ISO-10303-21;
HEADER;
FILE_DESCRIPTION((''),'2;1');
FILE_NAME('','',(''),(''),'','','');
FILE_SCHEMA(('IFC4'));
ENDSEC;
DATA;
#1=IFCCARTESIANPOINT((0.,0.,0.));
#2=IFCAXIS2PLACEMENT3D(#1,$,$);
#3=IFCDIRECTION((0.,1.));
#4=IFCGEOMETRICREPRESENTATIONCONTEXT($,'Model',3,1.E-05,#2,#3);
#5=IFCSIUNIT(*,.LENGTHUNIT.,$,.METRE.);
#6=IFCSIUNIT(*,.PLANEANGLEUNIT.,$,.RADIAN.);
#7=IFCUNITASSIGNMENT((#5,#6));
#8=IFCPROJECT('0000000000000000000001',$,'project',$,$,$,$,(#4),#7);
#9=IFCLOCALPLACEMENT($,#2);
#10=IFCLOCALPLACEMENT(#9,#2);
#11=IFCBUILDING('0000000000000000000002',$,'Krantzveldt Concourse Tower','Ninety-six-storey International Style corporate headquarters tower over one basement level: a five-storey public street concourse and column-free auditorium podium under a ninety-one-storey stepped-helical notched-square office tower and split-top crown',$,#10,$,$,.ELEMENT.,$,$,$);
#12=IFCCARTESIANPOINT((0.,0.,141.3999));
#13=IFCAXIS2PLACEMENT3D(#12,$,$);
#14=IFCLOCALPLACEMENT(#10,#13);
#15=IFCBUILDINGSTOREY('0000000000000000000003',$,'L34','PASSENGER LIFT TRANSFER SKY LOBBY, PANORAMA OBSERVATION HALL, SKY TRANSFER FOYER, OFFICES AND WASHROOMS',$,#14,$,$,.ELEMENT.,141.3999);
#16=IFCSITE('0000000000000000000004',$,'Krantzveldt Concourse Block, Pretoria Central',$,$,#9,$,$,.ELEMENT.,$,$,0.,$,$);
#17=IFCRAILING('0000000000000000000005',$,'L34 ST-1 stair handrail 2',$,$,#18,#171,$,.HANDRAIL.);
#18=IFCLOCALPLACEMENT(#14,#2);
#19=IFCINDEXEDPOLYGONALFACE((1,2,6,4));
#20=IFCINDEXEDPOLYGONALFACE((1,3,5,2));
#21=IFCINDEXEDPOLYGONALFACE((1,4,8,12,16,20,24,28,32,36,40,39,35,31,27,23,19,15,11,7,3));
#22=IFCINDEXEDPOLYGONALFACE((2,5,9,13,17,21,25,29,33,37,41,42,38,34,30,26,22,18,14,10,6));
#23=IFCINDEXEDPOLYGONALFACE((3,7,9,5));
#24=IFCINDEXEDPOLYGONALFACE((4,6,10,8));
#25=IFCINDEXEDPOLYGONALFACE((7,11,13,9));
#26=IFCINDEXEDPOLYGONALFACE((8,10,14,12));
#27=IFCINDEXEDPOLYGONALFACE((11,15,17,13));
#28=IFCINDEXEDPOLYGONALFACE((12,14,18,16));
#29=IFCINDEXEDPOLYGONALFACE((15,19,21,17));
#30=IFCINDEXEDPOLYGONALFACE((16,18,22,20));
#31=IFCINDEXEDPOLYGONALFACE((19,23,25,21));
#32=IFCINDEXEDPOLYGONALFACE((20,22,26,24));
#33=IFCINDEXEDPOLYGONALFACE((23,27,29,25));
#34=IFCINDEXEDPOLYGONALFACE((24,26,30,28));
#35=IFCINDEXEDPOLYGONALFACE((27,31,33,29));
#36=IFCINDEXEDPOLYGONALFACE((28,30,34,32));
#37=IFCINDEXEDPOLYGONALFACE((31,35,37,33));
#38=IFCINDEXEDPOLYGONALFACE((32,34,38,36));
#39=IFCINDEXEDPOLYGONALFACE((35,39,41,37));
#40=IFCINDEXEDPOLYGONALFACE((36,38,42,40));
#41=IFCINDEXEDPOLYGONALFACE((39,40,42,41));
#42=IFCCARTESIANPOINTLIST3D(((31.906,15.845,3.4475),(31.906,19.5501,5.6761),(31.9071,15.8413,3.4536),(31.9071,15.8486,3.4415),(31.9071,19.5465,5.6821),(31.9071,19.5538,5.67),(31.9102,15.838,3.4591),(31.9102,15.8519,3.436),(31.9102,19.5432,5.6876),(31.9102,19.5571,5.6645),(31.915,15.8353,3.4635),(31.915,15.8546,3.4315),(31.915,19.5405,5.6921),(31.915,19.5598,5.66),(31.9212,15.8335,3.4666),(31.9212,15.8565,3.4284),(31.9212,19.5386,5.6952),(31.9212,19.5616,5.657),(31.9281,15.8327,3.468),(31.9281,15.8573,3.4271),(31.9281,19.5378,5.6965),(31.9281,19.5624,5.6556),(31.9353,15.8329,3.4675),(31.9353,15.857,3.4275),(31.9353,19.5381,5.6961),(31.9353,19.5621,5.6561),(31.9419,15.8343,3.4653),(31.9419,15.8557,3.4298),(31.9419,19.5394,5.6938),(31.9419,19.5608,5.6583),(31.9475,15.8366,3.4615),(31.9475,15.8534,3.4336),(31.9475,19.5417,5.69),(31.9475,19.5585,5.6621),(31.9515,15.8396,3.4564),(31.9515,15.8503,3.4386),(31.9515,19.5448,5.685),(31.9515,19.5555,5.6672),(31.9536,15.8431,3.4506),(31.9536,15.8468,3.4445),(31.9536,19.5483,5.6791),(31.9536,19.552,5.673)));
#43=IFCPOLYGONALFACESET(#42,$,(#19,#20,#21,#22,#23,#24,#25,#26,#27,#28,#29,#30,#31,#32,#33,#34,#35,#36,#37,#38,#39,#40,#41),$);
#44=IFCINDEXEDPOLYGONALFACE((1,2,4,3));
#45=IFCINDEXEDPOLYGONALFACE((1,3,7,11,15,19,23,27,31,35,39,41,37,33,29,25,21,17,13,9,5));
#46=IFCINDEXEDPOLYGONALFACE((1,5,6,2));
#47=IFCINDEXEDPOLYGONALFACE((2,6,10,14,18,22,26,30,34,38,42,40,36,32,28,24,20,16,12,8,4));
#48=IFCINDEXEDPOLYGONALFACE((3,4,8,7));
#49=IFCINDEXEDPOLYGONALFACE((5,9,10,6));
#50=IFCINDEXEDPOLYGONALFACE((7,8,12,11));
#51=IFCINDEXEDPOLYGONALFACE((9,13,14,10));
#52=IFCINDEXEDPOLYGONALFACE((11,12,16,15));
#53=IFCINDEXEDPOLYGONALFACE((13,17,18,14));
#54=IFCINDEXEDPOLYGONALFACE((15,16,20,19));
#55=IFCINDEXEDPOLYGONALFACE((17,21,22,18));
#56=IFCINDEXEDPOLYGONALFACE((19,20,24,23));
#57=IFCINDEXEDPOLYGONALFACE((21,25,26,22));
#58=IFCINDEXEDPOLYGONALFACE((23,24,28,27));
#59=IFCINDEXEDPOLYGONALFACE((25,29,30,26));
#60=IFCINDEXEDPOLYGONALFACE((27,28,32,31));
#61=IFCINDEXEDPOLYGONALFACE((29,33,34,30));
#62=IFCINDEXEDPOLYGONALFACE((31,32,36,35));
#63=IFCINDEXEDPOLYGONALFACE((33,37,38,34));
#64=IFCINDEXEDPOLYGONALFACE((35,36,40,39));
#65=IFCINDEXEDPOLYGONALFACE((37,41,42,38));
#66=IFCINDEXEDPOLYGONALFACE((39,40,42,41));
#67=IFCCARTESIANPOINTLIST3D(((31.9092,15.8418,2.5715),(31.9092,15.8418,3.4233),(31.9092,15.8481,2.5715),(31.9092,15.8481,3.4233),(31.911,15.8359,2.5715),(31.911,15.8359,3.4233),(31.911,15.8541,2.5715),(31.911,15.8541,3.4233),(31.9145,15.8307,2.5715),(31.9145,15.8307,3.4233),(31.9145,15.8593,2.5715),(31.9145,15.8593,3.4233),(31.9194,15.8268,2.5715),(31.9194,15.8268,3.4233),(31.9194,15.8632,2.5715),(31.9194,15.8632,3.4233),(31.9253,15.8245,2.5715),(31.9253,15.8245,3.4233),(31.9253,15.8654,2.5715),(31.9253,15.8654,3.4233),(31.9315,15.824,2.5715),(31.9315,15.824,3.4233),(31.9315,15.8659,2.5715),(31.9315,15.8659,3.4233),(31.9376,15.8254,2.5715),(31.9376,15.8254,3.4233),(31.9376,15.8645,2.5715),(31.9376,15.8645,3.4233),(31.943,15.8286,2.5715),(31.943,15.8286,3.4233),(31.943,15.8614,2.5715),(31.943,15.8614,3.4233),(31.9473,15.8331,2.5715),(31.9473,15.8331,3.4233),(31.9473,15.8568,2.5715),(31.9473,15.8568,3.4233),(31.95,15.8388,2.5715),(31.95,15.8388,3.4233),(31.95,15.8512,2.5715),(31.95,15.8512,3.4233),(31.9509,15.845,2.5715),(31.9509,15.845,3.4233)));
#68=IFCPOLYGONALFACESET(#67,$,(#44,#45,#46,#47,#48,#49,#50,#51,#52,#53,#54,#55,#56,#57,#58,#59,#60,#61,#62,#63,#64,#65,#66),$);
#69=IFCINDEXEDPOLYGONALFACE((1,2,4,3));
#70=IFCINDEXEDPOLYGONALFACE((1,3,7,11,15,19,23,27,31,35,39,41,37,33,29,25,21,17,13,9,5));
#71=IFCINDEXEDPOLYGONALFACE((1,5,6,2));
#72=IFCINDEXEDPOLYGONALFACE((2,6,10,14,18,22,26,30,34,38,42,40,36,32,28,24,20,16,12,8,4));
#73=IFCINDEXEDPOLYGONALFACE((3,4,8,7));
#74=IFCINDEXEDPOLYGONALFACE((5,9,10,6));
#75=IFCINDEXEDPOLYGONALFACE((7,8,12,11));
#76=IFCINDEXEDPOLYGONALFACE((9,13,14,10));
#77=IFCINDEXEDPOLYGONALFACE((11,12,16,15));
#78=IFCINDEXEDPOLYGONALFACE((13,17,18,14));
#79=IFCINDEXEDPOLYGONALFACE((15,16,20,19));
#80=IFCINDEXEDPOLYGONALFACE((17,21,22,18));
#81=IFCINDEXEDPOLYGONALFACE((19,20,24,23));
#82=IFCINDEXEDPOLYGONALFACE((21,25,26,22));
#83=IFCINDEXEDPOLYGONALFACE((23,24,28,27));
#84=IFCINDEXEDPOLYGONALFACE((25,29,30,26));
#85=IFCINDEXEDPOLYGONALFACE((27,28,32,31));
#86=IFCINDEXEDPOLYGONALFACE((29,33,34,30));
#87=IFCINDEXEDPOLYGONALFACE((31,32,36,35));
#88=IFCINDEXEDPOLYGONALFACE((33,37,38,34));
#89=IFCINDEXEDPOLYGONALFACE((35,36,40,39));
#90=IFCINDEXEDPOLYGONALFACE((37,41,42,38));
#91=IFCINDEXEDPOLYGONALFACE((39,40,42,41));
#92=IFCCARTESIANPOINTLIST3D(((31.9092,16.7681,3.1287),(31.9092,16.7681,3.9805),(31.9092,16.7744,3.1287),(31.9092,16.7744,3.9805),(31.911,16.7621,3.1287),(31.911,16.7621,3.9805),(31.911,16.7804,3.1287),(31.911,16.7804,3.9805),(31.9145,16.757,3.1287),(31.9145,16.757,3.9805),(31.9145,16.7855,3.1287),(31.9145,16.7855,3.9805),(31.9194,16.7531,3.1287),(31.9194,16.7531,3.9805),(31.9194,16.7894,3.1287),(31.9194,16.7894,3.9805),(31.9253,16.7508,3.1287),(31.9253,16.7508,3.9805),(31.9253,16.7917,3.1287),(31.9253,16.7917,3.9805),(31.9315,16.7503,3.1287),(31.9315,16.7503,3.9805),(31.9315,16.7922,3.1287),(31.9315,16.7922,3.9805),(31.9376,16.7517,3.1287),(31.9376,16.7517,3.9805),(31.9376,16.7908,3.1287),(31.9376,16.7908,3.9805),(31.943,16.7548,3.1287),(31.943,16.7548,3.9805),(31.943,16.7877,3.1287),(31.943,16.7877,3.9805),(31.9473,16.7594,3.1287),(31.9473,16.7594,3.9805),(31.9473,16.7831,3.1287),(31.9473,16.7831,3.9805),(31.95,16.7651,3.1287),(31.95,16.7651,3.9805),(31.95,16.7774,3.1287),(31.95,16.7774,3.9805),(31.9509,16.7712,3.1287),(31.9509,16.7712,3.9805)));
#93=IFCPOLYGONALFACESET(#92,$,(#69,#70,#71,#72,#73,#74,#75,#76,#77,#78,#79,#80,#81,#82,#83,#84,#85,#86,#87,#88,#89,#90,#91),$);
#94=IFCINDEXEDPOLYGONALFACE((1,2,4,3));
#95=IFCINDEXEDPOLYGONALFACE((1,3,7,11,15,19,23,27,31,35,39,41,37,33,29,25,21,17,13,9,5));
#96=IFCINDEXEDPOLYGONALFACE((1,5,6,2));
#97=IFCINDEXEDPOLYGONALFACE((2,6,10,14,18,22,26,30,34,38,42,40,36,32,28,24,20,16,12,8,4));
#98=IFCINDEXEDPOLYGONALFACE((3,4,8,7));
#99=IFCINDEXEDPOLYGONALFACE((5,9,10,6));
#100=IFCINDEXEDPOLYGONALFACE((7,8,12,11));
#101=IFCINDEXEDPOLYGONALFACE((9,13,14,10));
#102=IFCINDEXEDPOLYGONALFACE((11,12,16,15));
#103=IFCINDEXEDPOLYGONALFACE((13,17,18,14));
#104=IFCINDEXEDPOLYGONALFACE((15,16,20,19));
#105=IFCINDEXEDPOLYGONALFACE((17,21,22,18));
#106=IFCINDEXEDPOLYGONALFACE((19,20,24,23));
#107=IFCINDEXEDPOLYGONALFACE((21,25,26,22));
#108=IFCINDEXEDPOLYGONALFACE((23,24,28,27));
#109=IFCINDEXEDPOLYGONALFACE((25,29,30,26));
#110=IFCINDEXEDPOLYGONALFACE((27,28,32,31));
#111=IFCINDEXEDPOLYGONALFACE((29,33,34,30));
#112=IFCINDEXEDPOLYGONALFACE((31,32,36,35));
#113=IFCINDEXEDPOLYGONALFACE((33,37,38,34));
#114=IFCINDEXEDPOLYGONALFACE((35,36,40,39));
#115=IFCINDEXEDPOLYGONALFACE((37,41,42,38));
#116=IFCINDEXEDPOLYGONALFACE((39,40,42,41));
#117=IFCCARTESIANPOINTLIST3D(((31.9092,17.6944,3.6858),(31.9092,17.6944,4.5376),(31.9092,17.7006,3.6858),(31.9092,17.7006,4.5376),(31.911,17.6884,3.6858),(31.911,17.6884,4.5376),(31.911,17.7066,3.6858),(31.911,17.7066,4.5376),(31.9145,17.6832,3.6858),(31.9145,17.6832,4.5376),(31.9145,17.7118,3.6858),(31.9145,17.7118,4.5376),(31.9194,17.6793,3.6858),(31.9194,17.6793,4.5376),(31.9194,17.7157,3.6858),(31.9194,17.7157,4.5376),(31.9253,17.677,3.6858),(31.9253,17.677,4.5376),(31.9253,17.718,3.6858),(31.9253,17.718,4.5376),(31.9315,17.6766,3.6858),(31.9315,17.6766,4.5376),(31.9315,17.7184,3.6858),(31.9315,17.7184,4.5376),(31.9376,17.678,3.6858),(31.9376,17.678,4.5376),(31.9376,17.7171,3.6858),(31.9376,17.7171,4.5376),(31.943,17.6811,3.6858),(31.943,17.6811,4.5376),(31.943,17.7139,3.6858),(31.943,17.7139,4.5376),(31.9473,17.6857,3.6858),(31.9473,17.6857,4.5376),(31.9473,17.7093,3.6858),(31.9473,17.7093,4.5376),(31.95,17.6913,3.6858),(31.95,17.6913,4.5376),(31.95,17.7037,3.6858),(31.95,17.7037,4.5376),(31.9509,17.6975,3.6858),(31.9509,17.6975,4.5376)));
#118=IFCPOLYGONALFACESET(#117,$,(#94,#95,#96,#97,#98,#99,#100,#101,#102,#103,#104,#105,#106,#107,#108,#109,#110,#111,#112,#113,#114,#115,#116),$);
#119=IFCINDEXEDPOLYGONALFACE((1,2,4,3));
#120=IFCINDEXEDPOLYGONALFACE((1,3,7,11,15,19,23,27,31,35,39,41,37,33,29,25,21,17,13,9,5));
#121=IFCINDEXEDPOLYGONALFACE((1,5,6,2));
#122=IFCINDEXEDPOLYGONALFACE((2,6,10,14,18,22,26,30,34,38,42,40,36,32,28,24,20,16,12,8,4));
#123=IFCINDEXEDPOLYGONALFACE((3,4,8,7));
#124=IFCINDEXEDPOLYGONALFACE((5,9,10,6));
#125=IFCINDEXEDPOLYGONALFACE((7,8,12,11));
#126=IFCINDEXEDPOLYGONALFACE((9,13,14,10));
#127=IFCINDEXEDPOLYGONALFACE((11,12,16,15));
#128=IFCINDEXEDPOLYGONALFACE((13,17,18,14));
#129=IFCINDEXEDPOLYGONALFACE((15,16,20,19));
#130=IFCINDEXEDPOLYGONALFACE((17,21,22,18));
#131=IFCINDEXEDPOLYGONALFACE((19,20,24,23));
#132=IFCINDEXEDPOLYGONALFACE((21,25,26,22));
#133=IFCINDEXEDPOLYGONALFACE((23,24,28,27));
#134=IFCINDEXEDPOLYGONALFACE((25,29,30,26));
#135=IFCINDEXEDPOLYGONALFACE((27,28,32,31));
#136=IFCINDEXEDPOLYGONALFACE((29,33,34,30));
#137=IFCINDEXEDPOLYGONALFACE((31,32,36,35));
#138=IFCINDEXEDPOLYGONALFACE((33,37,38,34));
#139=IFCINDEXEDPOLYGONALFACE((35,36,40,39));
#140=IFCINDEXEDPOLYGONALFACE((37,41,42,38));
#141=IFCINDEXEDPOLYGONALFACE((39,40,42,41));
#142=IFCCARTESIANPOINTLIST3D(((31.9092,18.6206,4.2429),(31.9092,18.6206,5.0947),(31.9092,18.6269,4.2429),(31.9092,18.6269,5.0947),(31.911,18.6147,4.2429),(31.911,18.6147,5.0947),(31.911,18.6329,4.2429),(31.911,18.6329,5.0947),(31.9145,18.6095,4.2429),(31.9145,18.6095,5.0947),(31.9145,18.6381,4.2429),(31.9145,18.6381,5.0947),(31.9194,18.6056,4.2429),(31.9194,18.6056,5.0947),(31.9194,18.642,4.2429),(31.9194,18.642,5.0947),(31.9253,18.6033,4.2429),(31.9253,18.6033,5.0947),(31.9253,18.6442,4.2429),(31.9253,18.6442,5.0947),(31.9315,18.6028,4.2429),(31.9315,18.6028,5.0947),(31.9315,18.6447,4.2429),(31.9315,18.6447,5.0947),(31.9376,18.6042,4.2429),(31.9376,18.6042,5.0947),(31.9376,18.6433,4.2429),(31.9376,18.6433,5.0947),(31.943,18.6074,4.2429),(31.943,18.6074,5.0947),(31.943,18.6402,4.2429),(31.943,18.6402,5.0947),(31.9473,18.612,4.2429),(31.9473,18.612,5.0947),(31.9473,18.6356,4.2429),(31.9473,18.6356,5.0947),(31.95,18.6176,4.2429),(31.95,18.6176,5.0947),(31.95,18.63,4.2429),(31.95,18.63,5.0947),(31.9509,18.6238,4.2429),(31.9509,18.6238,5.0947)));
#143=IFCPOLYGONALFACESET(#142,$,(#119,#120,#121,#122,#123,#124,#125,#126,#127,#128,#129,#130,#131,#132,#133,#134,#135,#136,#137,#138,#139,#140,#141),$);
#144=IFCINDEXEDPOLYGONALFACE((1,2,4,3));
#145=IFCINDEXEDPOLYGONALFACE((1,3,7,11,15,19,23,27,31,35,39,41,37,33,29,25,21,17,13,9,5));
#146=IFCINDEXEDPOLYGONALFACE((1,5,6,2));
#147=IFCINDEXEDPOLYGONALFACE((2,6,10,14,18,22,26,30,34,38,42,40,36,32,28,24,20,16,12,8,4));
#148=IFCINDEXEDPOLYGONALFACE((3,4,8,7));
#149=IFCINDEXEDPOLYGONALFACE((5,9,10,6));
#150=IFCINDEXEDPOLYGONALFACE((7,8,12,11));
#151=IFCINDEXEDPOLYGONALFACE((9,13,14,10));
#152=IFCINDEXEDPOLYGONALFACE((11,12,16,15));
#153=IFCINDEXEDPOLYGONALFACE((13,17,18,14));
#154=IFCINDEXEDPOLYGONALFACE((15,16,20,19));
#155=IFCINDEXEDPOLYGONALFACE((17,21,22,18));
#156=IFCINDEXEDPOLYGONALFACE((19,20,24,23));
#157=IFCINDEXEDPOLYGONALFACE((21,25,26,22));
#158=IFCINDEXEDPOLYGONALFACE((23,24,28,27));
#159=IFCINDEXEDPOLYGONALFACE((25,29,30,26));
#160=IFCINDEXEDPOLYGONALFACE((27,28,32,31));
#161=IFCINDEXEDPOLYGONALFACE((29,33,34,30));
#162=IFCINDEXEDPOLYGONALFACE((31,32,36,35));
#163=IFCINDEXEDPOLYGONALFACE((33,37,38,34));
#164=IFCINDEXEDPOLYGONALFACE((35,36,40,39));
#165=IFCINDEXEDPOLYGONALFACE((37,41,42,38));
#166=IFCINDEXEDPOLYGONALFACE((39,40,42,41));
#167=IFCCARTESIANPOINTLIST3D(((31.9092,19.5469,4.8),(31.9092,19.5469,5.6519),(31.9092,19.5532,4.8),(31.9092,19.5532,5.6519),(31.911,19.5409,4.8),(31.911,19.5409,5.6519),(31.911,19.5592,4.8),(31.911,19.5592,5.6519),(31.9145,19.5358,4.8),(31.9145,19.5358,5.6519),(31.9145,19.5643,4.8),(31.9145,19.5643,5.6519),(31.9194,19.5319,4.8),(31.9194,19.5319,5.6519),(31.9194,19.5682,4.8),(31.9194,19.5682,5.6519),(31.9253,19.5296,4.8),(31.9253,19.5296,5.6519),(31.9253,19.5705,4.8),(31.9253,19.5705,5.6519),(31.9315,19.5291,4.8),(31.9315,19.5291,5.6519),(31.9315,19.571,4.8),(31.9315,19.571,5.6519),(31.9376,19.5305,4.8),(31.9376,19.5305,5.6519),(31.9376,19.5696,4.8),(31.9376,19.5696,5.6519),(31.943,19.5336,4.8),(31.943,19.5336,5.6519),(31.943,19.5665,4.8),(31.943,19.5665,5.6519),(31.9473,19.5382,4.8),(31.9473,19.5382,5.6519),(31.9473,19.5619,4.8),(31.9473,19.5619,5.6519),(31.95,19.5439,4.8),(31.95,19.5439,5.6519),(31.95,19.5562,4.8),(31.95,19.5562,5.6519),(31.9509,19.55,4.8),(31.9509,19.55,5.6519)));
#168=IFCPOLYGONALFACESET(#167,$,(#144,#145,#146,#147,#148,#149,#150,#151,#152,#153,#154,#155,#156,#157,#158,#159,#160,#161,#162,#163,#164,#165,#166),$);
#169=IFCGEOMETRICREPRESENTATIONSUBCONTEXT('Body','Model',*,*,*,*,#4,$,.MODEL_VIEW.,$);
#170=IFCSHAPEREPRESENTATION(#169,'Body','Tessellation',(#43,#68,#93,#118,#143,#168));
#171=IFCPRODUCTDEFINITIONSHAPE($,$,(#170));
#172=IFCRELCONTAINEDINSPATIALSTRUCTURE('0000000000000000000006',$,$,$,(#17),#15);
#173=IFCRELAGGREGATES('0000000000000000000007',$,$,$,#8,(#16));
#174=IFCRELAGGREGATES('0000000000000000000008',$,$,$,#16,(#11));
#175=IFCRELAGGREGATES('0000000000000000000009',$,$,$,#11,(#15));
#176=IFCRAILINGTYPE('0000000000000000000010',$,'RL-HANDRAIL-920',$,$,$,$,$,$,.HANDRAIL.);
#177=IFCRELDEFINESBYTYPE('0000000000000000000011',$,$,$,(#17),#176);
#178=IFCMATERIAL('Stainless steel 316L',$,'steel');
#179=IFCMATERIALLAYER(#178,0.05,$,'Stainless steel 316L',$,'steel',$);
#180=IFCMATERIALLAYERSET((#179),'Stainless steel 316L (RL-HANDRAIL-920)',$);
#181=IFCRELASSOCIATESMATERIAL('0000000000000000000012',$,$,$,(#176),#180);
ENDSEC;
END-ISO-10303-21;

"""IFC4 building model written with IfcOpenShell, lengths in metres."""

from ifc_helpers import new_model, si_unit, direction, frame, origin, origin_2d, place, context, subcontext, project, spatial, circle, extrude, material, layer, layer_set, type_object, element, save


model = new_model("IFC4")

# Units and contexts
model_context = context("Model", 3, precision=1e-05, world=origin(), true_north=direction((0.0, 1.0)))
body_context = subcontext(model_context, "Body", "Model", "MODEL_VIEW")
ifc_project = project(units=[si_unit("LENGTHUNIT", "METRE"), si_unit("PLANEANGLEUNIT", "RADIAN")], contexts=[model_context])

# Site, building, storey
site_placement = place(None, origin())
site = spatial("IfcSite", under=ifc_project, at=site_placement, Name="Krantzveldt Concourse Block, Pretoria Central", CompositionType="ELEMENT", RefElevation=0.0)
building_placement = place(site_placement, origin())
building = spatial("IfcBuilding", under=site, at=building_placement, Name="Krantzveldt Concourse Tower", Description="Ninety-six-storey International Style corporate headquarters tower over one basement level: a five-storey public street concourse and column-free auditorium podium under a ninety-one-storey stepped-helical notched-square office tower and split-top crown", CompositionType="ELEMENT")
storey_placement = place(building_placement, frame((0.0, 0.0, 141.3999)))
storey = spatial("IfcBuildingStorey", under=building, at=storey_placement, Name="L34", Description="PASSENGER LIFT TRANSFER SKY LOBBY, PANORAMA OBSERVATION HALL, SKY TRANSFER FOYER, OFFICES AND WASHROOMS", CompositionType="ELEMENT", Elevation=141.3999)

# Shared definitions
ifc_material_1 = material(Name="Stainless steel 316L", Category="steel")

# Railing
ifc_layer_1 = layer(ifc_material_1, 0.05, Name="Stainless steel 316L", Category="steel")
ifc_layer_set_1 = layer_set([ifc_layer_1], Name="Stainless steel 316L (RL-HANDRAIL-920)")
railing_type_1 = type_object("IfcRailingType", Name="RL-HANDRAIL-920", PredefinedType="HANDRAIL", material=ifc_layer_set_1)
railing_1_placement = place(storey_placement, frame((31.9299, 15.845, 2.5715)))
element("IfcRailing", 1, at=railing_1_placement, inside=storey, type_object=railing_type_1, Name="L34 ST-1 stair handrail 2", PredefinedType="HANDRAIL", context=body_context, shape_type="SweptSolid", body=[
    extrude(circle(Radius=0.0239, at=origin_2d()), frame((0.0, 0.0, 0.876), z_axis=(0.0, 0.856934, 0.515425), x_axis=(-1.0, 0.0, 0.0)), (0.0, 0.0, 1.0), 4.3237),
    extrude(circle(Radius=0.021, at=origin_2d()), origin(), (0.0, 0.0, 1.0), 0.8518),
    extrude(circle(Radius=0.021, at=origin_2d()), frame((0.0, 0.9263, 0.5571)), (0.0, 0.0, 1.0), 0.8518),
    extrude(circle(Radius=0.021, at=origin_2d()), frame((0.0, 1.8525, 1.1143)), (0.0, 0.0, 1.0), 0.8518),
    extrude(circle(Radius=0.021, at=origin_2d()), frame((0.0, 2.7788, 1.6714)), (0.0, 0.0, 1.0), 0.8518),
    extrude(circle(Radius=0.021, at=origin_2d()), frame((0.0, 3.7051, 2.2285)), (0.0, 0.0, 1.0), 0.8518),
])

save(model, "model.ifc")
